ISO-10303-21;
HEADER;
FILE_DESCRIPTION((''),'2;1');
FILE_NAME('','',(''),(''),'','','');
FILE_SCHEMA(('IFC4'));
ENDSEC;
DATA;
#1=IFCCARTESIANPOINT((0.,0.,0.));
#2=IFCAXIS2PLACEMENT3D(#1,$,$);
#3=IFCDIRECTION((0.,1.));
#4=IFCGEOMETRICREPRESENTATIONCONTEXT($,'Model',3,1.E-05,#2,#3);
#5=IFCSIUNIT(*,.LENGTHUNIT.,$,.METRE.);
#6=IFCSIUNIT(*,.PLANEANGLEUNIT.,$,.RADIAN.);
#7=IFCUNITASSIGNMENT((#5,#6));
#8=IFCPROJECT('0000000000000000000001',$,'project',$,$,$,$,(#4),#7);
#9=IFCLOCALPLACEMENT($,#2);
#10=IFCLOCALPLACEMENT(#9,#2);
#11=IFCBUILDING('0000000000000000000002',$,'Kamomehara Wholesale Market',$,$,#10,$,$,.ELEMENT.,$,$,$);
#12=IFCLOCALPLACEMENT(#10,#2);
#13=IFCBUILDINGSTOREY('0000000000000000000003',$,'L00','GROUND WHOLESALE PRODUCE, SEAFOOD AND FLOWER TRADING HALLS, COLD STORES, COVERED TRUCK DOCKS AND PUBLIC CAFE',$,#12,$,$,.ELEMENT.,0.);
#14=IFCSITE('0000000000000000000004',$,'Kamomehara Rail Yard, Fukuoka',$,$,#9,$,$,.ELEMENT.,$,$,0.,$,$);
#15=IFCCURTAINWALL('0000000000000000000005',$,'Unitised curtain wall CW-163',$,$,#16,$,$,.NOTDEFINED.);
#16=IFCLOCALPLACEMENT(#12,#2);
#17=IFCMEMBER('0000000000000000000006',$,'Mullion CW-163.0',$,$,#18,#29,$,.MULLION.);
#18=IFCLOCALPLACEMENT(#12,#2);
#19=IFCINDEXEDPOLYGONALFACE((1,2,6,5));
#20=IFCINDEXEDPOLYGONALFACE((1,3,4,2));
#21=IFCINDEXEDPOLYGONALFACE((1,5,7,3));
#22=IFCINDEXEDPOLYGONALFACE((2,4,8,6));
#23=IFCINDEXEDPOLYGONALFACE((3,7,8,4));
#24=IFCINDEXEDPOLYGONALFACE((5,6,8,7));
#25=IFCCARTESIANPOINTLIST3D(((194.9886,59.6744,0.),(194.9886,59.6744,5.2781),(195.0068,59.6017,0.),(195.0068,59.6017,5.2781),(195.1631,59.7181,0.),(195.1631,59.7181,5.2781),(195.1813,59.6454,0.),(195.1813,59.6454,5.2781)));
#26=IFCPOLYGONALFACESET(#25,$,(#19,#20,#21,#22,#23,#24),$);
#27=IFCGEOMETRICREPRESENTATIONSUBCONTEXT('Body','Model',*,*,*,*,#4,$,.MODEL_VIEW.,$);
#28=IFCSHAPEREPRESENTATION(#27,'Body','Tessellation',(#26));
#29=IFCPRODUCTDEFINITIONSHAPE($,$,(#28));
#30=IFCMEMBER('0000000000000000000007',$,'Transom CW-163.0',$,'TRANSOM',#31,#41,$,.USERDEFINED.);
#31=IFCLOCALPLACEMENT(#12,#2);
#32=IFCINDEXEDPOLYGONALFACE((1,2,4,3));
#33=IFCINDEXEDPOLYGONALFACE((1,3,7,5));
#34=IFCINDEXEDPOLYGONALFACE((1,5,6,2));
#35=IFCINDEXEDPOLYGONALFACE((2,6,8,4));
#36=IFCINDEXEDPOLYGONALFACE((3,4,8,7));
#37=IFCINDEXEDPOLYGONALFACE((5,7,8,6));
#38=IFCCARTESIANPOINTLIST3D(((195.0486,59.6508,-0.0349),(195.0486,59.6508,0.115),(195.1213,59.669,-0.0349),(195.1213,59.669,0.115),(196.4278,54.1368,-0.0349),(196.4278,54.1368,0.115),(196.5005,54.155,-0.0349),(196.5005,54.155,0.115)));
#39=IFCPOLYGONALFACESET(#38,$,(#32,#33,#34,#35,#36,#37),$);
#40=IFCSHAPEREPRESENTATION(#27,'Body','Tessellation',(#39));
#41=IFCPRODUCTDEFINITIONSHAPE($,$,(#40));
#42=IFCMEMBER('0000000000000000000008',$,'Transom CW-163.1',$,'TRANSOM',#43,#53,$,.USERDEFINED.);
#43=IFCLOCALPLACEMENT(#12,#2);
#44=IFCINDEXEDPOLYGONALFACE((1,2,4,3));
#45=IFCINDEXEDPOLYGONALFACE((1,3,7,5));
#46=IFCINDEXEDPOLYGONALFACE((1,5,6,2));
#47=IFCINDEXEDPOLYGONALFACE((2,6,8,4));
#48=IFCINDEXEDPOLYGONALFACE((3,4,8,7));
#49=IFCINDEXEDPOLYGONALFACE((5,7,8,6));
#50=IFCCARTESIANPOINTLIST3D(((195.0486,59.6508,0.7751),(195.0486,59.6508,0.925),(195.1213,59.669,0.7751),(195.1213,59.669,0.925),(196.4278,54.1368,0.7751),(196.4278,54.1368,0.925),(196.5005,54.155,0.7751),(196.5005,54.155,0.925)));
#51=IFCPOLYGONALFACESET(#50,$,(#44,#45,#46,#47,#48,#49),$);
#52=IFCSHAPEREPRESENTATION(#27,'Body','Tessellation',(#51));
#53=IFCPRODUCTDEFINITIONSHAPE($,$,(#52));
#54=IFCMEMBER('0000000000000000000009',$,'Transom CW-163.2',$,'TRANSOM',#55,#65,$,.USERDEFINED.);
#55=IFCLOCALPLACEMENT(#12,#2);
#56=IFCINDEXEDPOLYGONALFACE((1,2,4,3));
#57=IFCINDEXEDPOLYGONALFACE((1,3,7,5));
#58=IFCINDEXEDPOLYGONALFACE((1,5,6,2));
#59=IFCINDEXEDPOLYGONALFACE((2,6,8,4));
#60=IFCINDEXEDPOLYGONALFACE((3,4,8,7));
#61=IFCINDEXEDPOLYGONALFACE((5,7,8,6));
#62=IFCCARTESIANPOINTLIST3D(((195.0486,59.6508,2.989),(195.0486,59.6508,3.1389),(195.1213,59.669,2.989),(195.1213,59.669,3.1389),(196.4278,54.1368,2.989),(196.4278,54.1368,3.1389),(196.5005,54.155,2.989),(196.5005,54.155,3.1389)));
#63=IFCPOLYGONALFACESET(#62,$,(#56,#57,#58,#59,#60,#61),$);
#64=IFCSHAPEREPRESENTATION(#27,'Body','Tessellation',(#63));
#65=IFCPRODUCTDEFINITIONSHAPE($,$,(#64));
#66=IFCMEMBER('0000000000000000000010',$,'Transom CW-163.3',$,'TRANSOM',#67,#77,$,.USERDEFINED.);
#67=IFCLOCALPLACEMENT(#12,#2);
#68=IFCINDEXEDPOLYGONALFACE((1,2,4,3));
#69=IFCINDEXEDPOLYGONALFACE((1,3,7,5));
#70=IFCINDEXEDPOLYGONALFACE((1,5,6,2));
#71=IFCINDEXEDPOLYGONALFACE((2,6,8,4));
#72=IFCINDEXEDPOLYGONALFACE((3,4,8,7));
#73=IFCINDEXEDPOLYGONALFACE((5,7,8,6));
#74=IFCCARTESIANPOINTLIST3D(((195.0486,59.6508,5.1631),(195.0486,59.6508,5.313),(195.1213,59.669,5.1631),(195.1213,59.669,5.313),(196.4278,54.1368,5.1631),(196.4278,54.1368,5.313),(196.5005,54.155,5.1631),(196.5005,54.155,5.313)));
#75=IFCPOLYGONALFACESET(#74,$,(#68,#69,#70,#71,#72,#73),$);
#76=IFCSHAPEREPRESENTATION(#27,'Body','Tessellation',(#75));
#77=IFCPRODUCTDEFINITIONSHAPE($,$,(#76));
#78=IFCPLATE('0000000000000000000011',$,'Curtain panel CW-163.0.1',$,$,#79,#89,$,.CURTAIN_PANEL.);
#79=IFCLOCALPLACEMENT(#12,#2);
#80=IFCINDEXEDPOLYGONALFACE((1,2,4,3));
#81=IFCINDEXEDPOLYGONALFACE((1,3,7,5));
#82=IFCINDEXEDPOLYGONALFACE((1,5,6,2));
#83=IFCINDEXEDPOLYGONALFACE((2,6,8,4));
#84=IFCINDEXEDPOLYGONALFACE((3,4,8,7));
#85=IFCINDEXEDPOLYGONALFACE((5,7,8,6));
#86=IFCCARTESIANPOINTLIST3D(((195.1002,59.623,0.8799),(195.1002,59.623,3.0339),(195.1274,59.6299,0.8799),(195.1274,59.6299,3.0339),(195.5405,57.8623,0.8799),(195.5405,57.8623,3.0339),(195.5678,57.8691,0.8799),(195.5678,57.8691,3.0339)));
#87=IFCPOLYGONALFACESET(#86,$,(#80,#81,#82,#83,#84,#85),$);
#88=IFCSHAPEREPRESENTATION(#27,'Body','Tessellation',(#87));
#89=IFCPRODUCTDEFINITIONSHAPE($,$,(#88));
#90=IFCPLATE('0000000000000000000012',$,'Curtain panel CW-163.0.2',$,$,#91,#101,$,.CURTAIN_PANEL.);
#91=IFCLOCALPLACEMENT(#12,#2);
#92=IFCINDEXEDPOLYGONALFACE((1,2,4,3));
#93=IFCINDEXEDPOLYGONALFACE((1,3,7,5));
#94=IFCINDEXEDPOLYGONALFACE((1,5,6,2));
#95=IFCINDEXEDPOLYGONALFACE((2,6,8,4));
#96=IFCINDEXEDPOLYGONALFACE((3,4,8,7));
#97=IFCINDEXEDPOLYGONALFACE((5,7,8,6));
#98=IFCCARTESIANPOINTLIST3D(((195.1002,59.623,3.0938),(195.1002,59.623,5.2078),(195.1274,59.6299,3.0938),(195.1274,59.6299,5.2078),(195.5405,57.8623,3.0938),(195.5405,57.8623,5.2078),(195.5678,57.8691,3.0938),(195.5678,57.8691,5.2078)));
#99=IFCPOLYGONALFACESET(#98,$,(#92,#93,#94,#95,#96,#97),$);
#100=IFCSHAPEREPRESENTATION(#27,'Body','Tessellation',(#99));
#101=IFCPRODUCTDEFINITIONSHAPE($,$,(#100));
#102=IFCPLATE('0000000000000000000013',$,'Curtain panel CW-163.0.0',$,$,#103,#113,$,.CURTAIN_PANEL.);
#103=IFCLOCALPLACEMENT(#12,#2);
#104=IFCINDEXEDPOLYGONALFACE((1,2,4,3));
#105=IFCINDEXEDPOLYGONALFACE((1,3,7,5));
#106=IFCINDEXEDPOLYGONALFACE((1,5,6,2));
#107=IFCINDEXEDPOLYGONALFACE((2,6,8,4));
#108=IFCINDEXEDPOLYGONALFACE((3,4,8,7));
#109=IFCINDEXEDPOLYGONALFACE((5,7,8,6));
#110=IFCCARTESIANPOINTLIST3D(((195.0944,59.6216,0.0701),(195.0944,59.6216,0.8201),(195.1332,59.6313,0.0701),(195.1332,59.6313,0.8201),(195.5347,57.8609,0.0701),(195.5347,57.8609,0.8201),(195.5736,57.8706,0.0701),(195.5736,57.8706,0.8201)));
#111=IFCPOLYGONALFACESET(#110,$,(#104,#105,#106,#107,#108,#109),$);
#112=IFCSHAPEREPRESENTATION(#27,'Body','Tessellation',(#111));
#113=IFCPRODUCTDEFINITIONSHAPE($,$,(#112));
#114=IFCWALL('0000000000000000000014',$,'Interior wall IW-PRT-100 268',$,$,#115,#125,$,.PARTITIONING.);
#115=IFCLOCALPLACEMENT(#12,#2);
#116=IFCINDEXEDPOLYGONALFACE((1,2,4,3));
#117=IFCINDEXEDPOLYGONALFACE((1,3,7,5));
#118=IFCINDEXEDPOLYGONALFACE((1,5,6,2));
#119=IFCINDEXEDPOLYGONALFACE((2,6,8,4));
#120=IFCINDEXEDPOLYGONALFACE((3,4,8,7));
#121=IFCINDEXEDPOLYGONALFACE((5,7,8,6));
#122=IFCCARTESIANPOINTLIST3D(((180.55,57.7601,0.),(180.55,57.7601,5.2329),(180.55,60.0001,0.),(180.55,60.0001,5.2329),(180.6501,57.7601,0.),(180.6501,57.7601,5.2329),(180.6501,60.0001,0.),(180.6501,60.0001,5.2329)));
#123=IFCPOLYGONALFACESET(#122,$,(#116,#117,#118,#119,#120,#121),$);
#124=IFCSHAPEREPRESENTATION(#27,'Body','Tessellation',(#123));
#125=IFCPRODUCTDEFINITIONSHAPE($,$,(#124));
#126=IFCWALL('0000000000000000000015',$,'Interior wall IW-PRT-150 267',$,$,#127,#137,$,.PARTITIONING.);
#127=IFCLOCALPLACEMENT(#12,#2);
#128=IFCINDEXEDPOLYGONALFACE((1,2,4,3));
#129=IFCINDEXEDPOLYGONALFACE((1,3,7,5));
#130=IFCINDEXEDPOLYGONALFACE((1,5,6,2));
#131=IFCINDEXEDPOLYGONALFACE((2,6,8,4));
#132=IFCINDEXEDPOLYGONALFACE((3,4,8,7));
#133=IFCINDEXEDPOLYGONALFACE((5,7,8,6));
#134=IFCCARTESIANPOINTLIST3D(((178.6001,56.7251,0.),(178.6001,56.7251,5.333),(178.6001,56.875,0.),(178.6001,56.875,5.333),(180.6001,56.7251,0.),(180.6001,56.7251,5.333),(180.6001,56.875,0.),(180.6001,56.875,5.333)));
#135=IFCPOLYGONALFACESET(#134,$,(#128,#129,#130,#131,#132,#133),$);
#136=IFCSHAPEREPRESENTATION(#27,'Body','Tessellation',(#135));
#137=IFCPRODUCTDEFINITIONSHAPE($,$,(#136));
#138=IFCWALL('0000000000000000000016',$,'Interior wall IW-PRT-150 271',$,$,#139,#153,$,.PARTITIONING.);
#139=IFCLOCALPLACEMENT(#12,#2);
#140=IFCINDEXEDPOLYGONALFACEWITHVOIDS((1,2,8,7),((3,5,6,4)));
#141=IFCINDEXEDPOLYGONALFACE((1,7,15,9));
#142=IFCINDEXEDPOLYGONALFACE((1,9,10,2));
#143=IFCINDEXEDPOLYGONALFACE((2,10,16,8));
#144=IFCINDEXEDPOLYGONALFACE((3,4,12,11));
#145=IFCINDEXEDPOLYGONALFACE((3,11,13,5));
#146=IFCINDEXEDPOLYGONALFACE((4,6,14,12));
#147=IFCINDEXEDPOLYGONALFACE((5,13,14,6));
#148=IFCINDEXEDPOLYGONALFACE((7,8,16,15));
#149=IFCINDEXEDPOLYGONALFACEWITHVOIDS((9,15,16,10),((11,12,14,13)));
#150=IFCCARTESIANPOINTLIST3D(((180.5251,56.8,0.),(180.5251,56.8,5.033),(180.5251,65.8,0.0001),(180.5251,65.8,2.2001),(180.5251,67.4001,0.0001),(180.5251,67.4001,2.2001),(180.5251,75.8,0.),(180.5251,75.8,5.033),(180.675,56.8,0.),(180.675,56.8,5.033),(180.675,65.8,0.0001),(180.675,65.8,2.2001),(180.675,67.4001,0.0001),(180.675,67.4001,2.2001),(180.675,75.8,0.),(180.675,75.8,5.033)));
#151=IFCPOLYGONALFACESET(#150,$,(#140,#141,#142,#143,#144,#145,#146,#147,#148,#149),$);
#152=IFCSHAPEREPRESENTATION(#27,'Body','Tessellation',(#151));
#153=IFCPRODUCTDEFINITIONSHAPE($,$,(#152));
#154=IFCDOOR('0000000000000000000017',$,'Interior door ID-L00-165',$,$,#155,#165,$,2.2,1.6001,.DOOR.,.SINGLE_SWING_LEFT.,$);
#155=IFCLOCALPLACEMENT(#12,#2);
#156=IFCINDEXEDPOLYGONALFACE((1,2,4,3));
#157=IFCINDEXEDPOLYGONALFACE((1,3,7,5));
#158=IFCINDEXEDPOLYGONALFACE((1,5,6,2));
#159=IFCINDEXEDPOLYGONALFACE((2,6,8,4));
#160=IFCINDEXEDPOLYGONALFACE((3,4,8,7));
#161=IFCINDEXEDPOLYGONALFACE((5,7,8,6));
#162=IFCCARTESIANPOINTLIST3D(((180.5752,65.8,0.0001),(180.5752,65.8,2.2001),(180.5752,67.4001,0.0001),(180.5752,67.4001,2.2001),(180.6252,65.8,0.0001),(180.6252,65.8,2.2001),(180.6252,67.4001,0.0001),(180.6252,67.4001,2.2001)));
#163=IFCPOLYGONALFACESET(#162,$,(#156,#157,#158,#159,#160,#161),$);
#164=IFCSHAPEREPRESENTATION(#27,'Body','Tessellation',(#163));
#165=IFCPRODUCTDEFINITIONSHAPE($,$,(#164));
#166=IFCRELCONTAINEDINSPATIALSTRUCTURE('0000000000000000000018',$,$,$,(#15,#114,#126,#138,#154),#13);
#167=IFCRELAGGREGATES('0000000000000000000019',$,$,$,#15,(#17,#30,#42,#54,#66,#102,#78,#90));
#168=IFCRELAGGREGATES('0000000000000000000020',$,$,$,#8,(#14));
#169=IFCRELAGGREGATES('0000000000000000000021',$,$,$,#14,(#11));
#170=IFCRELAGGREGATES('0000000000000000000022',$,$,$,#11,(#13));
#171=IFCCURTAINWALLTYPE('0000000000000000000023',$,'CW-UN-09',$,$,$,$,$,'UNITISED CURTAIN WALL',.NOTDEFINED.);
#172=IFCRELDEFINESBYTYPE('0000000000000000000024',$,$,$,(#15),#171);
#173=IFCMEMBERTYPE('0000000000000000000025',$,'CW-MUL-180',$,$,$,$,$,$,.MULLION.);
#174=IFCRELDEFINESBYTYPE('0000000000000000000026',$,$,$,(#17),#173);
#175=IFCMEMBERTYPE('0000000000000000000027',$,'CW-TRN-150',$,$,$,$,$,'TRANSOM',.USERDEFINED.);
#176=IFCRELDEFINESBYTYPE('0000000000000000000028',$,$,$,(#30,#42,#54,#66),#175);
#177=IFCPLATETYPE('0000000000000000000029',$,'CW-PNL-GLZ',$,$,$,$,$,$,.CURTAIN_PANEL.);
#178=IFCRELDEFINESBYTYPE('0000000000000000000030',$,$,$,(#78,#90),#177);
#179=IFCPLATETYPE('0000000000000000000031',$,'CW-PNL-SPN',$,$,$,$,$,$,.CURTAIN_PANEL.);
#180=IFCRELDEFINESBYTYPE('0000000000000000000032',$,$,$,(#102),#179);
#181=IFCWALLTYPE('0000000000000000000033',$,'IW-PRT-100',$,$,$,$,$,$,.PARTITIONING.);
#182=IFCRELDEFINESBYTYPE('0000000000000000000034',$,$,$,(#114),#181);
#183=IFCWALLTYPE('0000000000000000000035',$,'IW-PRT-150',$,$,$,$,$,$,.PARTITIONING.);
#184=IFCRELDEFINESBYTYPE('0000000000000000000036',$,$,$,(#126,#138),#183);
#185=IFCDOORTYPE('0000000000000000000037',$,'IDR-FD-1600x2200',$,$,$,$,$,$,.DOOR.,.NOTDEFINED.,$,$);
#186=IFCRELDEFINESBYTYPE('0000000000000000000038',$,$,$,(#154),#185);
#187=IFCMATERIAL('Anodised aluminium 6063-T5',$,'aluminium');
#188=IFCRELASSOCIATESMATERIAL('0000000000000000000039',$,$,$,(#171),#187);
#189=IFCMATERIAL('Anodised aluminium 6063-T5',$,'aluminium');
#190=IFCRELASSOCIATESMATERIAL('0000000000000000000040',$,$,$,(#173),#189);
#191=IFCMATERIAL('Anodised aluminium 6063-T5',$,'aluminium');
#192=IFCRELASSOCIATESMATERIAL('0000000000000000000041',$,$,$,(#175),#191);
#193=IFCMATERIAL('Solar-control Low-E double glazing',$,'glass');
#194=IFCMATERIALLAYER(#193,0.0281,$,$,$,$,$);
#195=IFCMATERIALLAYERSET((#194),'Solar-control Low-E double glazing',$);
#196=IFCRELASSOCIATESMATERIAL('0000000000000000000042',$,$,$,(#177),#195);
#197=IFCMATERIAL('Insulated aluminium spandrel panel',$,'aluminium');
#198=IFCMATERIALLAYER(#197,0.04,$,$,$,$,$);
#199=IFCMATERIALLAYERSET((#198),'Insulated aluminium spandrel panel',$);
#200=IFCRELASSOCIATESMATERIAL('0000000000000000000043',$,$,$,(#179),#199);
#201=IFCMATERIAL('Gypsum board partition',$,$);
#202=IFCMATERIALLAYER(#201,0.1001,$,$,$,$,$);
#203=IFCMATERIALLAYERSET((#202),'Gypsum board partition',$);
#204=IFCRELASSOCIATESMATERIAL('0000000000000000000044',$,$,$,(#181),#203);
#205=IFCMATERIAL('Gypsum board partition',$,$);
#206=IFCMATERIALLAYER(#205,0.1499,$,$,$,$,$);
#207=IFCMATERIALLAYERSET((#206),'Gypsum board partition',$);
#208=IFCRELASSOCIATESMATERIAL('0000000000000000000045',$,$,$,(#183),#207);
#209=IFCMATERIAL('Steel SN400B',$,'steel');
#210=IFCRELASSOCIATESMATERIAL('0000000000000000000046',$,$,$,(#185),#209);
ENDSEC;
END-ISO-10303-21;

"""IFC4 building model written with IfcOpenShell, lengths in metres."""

from ifc_helpers import new_model, si_unit, direction, frame, frame_2d, origin, origin_2d, place, context, subcontext, project, spatial, rectangle, extrude, material, layer, layer_set, material_profile, profile_set, type_object, element, fill, aggregate, save


model = new_model("IFC4")

# Units and contexts
model_context = context("Model", 3, precision=1e-05, world=origin(), true_north=direction((0.0, 1.0)))
body_context = subcontext(model_context, "Body", "Model", "MODEL_VIEW")
ifc_project = project(units=[si_unit("LENGTHUNIT", "METRE"), si_unit("PLANEANGLEUNIT", "RADIAN")], contexts=[model_context])

# Site, building, storey
site_placement = place(None, origin())
site = spatial("IfcSite", under=ifc_project, at=site_placement, Name="Kamomehara Rail Yard, Fukuoka", CompositionType="ELEMENT", RefElevation=0.0)
building_placement = place(site_placement, origin())
building = spatial("IfcBuilding", under=site, at=building_placement, Name="Kamomehara Wholesale Market", CompositionType="ELEMENT")
storey_placement = place(building_placement, origin())
storey = spatial("IfcBuildingStorey", under=building, at=storey_placement, Name="L00", Description="GROUND WHOLESALE PRODUCE, SEAFOOD AND FLOWER TRADING HALLS, COLD STORES, COVERED TRUCK DOCKS AND PUBLIC CAFE", CompositionType="ELEMENT", Elevation=0.0)

# Curtain wall, members, plates
ifc_material_1 = material(Name="Anodised aluminium 6063-T5", Category="aluminium")
curtain_wall_type = type_object("IfcCurtainWallType", Name="CW-UN-09", ElementType="UNITISED CURTAIN WALL", PredefinedType="NOTDEFINED", material=ifc_material_1)
curtain_wall_placement = place(storey_placement, origin())
curtain_wall = element("IfcCurtainWall", 1, at=curtain_wall_placement, inside=storey, type_object=curtain_wall_type, Name="Unitised curtain wall CW-163", PredefinedType="NOTDEFINED")
ifc_material_2 = material(Name="Anodised aluminium 6063-T5", Category="aluminium")
ifc_material_profile_1 = material_profile(ifc_material_2, rectangle(XDim=0.075, YDim=0.1799, at=origin_2d()), Name="ALU-MUL-75x180")
ifc_profile_set_1 = profile_set([ifc_material_profile_1], Name="Anodised aluminium 6063-T5")
member_type_1 = type_object("IfcMemberType", Name="CW-MUL-180", PredefinedType="MULLION", material=ifc_profile_set_1)
member_1_placement = place(storey_placement, frame((195.085, 59.6599, 0.0), z_axis=(0.0, 0.0, 1.0), x_axis=(0.242618, -0.970122, 0.0)))
member_1 = element("IfcMember", 2, at=member_1_placement, type_object=member_type_1, Name="Mullion CW-163.0", PredefinedType="MULLION", context=body_context, shape_type="SweptSolid", body=[
    extrude(rectangle(XDim=0.075, YDim=0.1799, at=origin_2d()), origin(), (0.0, 0.0, 1.0), 5.2781),
])
ifc_material_3 = material(Name="Anodised aluminium 6063-T5", Category="aluminium")
ifc_material_profile_2 = material_profile(ifc_material_3, rectangle(XDim=0.075, YDim=0.1499, at=origin_2d()), Name="ALU-TRN-75x150")
ifc_profile_set_2 = profile_set([ifc_material_profile_2], Name="Anodised aluminium 6063-T5")
member_type_2 = type_object("IfcMemberType", Name="CW-TRN-150", ElementType="TRANSOM", PredefinedType="USERDEFINED", material=ifc_profile_set_2)
member_2_placement = place(storey_placement, frame((195.085, 59.6599, 0.04), z_axis=(0.242647, -0.970115, 0.0), x_axis=(0.970115, 0.242647, 0.0)))
member_2 = element("IfcMember", 3, at=member_2_placement, type_object=member_type_2, Name="Transom CW-163.0", ObjectType="TRANSOM", PredefinedType="USERDEFINED", context=body_context, shape_type="SweptSolid", body=[
    extrude(rectangle(XDim=0.075, YDim=0.1499, at=origin_2d()), origin(), (0.0, 0.0, 1.0), 5.6838),
])
member_3_placement = place(storey_placement, frame((195.085, 59.6599, 0.8501), z_axis=(0.242647, -0.970115, 0.0), x_axis=(0.970115, 0.242647, 0.0)))
member_3 = element("IfcMember", 4, at=member_3_placement, type_object=member_type_2, Name="Transom CW-163.1", ObjectType="TRANSOM", PredefinedType="USERDEFINED", context=body_context, shape_type="SweptSolid", body=[
    extrude(rectangle(XDim=0.075, YDim=0.1499, at=origin_2d()), origin(), (0.0, 0.0, 1.0), 5.6838),
])
member_4_placement = place(storey_placement, frame((195.085, 59.6599, 3.064), z_axis=(0.242647, -0.970115, 0.0), x_axis=(0.970115, 0.242647, 0.0)))
member_4 = element("IfcMember", 5, at=member_4_placement, type_object=member_type_2, Name="Transom CW-163.2", ObjectType="TRANSOM", PredefinedType="USERDEFINED", context=body_context, shape_type="SweptSolid", body=[
    extrude(rectangle(XDim=0.075, YDim=0.1499, at=origin_2d()), origin(), (0.0, 0.0, 1.0), 5.6838),
])
member_5_placement = place(storey_placement, frame((195.085, 59.6599, 5.238), z_axis=(0.242647, -0.970115, 0.0), x_axis=(0.970115, 0.242647, 0.0)))
member_5 = element("IfcMember", 6, at=member_5_placement, type_object=member_type_2, Name="Transom CW-163.3", ObjectType="TRANSOM", PredefinedType="USERDEFINED", context=body_context, shape_type="SweptSolid", body=[
    extrude(rectangle(XDim=0.075, YDim=0.1499, at=origin_2d()), origin(), (0.0, 0.0, 1.0), 5.6838),
])
ifc_material_4 = material(Name="Solar-control Low-E double glazing", Category="glass")
ifc_layer_1 = layer(ifc_material_4, 0.0281)
ifc_layer_set_1 = layer_set([ifc_layer_1], Name="Solar-control Low-E double glazing")
plate_type_1 = type_object("IfcPlateType", Name="CW-PNL-GLZ", PredefinedType="CURTAIN_PANEL", material=ifc_layer_set_1)
plate_1_placement = place(storey_placement, frame((195.334, 58.7461, 0.8799), z_axis=(0.0, 0.0, 1.0), x_axis=(0.242616, -0.970122, 0.0)))
plate_1 = element("IfcPlate", 7, at=plate_1_placement, type_object=plate_type_1, Name="Curtain panel CW-163.0.1", PredefinedType="CURTAIN_PANEL", context=body_context, shape_type="SweptSolid", body=[
    extrude(rectangle(XDim=1.8149, YDim=0.0281, at=origin_2d()), origin(), (0.0, 0.0, 1.0), 2.1541),
])
plate_2_placement = place(storey_placement, frame((195.334, 58.7461, 3.0938), z_axis=(0.0, 0.0, 1.0), x_axis=(0.242616, -0.970122, 0.0)))
plate_2 = element("IfcPlate", 8, at=plate_2_placement, type_object=plate_type_1, Name="Curtain panel CW-163.0.2", PredefinedType="CURTAIN_PANEL", context=body_context, shape_type="SweptSolid", body=[
    extrude(rectangle(XDim=1.8149, YDim=0.0281, at=origin_2d()), origin(), (0.0, 0.0, 1.0), 2.114),
])
ifc_material_5 = material(Name="Insulated aluminium spandrel panel", Category="aluminium")
ifc_layer_2 = layer(ifc_material_5, 0.04)
ifc_layer_set_2 = layer_set([ifc_layer_2], Name="Insulated aluminium spandrel panel")
plate_type_2 = type_object("IfcPlateType", Name="CW-PNL-SPN", PredefinedType="CURTAIN_PANEL", material=ifc_layer_set_2)
plate_3_placement = place(storey_placement, frame((195.334, 58.7461, 0.0701), z_axis=(0.0, 0.0, 1.0), x_axis=(0.242616, -0.970122, 0.0)))
plate_3 = element("IfcPlate", 9, at=plate_3_placement, type_object=plate_type_2, Name="Curtain panel CW-163.0.0", PredefinedType="CURTAIN_PANEL", context=body_context, shape_type="SweptSolid", body=[
    extrude(rectangle(XDim=1.8149, YDim=0.04, at=origin_2d()), origin(), (0.0, 0.0, 1.0), 0.75),
])
aggregate(curtain_wall, [member_1, member_2, member_3, member_4, member_5, plate_3, plate_1, plate_2])

# Walls
ifc_material_6 = material(Name="Gypsum board partition")
ifc_layer_3 = layer(ifc_material_6, 0.1001)
ifc_layer_set_3 = layer_set([ifc_layer_3], Name="Gypsum board partition")
wall_type_1 = type_object("IfcWallType", Name="IW-PRT-100", PredefinedType="PARTITIONING", material=ifc_layer_set_3)
wall_1_placement = place(storey_placement, frame((180.6001, 57.76, 0.0), z_axis=(0.0, 0.0, 1.0), x_axis=(0.0, 1.0, 0.0)))
element("IfcWall", 10, at=wall_1_placement, inside=storey, type_object=wall_type_1, Name="Interior wall IW-PRT-100 268", PredefinedType="PARTITIONING", context=body_context, shape_type="SweptSolid", body=[
    extrude(rectangle(XDim=2.24, YDim=0.1001, at=frame_2d((1.1201, 0.0))), origin(), (0.0, 0.0, 1.0), 5.2329),
])
ifc_material_7 = material(Name="Gypsum board partition")
ifc_layer_4 = layer(ifc_material_7, 0.1499)
ifc_layer_set_4 = layer_set([ifc_layer_4], Name="Gypsum board partition")
wall_type_2 = type_object("IfcWallType", Name="IW-PRT-150", PredefinedType="PARTITIONING", material=ifc_layer_set_4)
wall_2_placement = place(storey_placement, frame((178.6001, 56.8, 0.0), z_axis=(0.0, 0.0, 1.0), x_axis=(1.0, 0.0, 0.0)))
element("IfcWall", 11, at=wall_2_placement, inside=storey, type_object=wall_type_2, Name="Interior wall IW-PRT-150 267", PredefinedType="PARTITIONING", context=body_context, shape_type="SweptSolid", body=[
    extrude(rectangle(XDim=2.0, YDim=0.1499, at=frame_2d((1.0, 0.0))), origin(), (0.0, 0.0, 1.0), 5.333),
])

# Wall, opening, door
wall_3_placement = place(storey_placement, frame((180.6001, 56.8, 0.0), z_axis=(0.0, 0.0, 1.0), x_axis=(0.0, 1.0, 0.0)))
wall_3 = element("IfcWall", 12, at=wall_3_placement, inside=storey, type_object=wall_type_2, Name="Interior wall IW-PRT-150 271", PredefinedType="PARTITIONING", context=body_context, shape_type="SweptSolid", body=[
    extrude(rectangle(XDim=19.0, YDim=0.1499, at=frame_2d((9.5, 0.0))), origin(), (0.0, 0.0, 1.0), 5.033),
])
opening_1_placement = place(wall_3_placement, frame((9.0, 0.0, 0.0)))
opening_1 = element("IfcOpeningElement", 13, at=opening_1_placement, cuts=wall_3, PredefinedType="OPENING", context=body_context, shape_type="SweptSolid", body=[
    extrude(rectangle(XDim=1.6001, YDim=2.2, at=frame_2d((0.8, 1.1001))), frame((0.0, 0.0898, 0.0), z_axis=(0.0, -1.0, 0.0), x_axis=(1.0, 0.0, 0.0)), (0.0, 0.0, 1.0), 0.1797),
])
ifc_material_8 = material(Name="Steel SN400B", Category="steel")
door_type_1 = type_object("IfcDoorType", Name="IDR-FD-1600x2200", OperationType="NOTDEFINED", PredefinedType="DOOR", material=ifc_material_8)
door_1_placement = place(opening_1_placement, origin())
door_1 = element("IfcDoor", 14, at=door_1_placement, inside=storey, type_object=door_type_1, Name="Interior door ID-L00-165", OperationType="SINGLE_SWING_LEFT", OverallHeight=2.2, OverallWidth=1.6001, PredefinedType="DOOR", context=body_context, shape_type="SweptSolid", body=[
    extrude(rectangle(XDim=1.6001, YDim=2.2, at=frame_2d((0.8, 1.1001))), frame((0.0, 0.0249, 0.0), z_axis=(0.0, -1.0, 0.0), x_axis=(1.0, 0.0, 0.0)), (0.0, 0.0, 1.0), 0.05),
])
fill(opening_1, door_1)

save(model, "model.ifc")
